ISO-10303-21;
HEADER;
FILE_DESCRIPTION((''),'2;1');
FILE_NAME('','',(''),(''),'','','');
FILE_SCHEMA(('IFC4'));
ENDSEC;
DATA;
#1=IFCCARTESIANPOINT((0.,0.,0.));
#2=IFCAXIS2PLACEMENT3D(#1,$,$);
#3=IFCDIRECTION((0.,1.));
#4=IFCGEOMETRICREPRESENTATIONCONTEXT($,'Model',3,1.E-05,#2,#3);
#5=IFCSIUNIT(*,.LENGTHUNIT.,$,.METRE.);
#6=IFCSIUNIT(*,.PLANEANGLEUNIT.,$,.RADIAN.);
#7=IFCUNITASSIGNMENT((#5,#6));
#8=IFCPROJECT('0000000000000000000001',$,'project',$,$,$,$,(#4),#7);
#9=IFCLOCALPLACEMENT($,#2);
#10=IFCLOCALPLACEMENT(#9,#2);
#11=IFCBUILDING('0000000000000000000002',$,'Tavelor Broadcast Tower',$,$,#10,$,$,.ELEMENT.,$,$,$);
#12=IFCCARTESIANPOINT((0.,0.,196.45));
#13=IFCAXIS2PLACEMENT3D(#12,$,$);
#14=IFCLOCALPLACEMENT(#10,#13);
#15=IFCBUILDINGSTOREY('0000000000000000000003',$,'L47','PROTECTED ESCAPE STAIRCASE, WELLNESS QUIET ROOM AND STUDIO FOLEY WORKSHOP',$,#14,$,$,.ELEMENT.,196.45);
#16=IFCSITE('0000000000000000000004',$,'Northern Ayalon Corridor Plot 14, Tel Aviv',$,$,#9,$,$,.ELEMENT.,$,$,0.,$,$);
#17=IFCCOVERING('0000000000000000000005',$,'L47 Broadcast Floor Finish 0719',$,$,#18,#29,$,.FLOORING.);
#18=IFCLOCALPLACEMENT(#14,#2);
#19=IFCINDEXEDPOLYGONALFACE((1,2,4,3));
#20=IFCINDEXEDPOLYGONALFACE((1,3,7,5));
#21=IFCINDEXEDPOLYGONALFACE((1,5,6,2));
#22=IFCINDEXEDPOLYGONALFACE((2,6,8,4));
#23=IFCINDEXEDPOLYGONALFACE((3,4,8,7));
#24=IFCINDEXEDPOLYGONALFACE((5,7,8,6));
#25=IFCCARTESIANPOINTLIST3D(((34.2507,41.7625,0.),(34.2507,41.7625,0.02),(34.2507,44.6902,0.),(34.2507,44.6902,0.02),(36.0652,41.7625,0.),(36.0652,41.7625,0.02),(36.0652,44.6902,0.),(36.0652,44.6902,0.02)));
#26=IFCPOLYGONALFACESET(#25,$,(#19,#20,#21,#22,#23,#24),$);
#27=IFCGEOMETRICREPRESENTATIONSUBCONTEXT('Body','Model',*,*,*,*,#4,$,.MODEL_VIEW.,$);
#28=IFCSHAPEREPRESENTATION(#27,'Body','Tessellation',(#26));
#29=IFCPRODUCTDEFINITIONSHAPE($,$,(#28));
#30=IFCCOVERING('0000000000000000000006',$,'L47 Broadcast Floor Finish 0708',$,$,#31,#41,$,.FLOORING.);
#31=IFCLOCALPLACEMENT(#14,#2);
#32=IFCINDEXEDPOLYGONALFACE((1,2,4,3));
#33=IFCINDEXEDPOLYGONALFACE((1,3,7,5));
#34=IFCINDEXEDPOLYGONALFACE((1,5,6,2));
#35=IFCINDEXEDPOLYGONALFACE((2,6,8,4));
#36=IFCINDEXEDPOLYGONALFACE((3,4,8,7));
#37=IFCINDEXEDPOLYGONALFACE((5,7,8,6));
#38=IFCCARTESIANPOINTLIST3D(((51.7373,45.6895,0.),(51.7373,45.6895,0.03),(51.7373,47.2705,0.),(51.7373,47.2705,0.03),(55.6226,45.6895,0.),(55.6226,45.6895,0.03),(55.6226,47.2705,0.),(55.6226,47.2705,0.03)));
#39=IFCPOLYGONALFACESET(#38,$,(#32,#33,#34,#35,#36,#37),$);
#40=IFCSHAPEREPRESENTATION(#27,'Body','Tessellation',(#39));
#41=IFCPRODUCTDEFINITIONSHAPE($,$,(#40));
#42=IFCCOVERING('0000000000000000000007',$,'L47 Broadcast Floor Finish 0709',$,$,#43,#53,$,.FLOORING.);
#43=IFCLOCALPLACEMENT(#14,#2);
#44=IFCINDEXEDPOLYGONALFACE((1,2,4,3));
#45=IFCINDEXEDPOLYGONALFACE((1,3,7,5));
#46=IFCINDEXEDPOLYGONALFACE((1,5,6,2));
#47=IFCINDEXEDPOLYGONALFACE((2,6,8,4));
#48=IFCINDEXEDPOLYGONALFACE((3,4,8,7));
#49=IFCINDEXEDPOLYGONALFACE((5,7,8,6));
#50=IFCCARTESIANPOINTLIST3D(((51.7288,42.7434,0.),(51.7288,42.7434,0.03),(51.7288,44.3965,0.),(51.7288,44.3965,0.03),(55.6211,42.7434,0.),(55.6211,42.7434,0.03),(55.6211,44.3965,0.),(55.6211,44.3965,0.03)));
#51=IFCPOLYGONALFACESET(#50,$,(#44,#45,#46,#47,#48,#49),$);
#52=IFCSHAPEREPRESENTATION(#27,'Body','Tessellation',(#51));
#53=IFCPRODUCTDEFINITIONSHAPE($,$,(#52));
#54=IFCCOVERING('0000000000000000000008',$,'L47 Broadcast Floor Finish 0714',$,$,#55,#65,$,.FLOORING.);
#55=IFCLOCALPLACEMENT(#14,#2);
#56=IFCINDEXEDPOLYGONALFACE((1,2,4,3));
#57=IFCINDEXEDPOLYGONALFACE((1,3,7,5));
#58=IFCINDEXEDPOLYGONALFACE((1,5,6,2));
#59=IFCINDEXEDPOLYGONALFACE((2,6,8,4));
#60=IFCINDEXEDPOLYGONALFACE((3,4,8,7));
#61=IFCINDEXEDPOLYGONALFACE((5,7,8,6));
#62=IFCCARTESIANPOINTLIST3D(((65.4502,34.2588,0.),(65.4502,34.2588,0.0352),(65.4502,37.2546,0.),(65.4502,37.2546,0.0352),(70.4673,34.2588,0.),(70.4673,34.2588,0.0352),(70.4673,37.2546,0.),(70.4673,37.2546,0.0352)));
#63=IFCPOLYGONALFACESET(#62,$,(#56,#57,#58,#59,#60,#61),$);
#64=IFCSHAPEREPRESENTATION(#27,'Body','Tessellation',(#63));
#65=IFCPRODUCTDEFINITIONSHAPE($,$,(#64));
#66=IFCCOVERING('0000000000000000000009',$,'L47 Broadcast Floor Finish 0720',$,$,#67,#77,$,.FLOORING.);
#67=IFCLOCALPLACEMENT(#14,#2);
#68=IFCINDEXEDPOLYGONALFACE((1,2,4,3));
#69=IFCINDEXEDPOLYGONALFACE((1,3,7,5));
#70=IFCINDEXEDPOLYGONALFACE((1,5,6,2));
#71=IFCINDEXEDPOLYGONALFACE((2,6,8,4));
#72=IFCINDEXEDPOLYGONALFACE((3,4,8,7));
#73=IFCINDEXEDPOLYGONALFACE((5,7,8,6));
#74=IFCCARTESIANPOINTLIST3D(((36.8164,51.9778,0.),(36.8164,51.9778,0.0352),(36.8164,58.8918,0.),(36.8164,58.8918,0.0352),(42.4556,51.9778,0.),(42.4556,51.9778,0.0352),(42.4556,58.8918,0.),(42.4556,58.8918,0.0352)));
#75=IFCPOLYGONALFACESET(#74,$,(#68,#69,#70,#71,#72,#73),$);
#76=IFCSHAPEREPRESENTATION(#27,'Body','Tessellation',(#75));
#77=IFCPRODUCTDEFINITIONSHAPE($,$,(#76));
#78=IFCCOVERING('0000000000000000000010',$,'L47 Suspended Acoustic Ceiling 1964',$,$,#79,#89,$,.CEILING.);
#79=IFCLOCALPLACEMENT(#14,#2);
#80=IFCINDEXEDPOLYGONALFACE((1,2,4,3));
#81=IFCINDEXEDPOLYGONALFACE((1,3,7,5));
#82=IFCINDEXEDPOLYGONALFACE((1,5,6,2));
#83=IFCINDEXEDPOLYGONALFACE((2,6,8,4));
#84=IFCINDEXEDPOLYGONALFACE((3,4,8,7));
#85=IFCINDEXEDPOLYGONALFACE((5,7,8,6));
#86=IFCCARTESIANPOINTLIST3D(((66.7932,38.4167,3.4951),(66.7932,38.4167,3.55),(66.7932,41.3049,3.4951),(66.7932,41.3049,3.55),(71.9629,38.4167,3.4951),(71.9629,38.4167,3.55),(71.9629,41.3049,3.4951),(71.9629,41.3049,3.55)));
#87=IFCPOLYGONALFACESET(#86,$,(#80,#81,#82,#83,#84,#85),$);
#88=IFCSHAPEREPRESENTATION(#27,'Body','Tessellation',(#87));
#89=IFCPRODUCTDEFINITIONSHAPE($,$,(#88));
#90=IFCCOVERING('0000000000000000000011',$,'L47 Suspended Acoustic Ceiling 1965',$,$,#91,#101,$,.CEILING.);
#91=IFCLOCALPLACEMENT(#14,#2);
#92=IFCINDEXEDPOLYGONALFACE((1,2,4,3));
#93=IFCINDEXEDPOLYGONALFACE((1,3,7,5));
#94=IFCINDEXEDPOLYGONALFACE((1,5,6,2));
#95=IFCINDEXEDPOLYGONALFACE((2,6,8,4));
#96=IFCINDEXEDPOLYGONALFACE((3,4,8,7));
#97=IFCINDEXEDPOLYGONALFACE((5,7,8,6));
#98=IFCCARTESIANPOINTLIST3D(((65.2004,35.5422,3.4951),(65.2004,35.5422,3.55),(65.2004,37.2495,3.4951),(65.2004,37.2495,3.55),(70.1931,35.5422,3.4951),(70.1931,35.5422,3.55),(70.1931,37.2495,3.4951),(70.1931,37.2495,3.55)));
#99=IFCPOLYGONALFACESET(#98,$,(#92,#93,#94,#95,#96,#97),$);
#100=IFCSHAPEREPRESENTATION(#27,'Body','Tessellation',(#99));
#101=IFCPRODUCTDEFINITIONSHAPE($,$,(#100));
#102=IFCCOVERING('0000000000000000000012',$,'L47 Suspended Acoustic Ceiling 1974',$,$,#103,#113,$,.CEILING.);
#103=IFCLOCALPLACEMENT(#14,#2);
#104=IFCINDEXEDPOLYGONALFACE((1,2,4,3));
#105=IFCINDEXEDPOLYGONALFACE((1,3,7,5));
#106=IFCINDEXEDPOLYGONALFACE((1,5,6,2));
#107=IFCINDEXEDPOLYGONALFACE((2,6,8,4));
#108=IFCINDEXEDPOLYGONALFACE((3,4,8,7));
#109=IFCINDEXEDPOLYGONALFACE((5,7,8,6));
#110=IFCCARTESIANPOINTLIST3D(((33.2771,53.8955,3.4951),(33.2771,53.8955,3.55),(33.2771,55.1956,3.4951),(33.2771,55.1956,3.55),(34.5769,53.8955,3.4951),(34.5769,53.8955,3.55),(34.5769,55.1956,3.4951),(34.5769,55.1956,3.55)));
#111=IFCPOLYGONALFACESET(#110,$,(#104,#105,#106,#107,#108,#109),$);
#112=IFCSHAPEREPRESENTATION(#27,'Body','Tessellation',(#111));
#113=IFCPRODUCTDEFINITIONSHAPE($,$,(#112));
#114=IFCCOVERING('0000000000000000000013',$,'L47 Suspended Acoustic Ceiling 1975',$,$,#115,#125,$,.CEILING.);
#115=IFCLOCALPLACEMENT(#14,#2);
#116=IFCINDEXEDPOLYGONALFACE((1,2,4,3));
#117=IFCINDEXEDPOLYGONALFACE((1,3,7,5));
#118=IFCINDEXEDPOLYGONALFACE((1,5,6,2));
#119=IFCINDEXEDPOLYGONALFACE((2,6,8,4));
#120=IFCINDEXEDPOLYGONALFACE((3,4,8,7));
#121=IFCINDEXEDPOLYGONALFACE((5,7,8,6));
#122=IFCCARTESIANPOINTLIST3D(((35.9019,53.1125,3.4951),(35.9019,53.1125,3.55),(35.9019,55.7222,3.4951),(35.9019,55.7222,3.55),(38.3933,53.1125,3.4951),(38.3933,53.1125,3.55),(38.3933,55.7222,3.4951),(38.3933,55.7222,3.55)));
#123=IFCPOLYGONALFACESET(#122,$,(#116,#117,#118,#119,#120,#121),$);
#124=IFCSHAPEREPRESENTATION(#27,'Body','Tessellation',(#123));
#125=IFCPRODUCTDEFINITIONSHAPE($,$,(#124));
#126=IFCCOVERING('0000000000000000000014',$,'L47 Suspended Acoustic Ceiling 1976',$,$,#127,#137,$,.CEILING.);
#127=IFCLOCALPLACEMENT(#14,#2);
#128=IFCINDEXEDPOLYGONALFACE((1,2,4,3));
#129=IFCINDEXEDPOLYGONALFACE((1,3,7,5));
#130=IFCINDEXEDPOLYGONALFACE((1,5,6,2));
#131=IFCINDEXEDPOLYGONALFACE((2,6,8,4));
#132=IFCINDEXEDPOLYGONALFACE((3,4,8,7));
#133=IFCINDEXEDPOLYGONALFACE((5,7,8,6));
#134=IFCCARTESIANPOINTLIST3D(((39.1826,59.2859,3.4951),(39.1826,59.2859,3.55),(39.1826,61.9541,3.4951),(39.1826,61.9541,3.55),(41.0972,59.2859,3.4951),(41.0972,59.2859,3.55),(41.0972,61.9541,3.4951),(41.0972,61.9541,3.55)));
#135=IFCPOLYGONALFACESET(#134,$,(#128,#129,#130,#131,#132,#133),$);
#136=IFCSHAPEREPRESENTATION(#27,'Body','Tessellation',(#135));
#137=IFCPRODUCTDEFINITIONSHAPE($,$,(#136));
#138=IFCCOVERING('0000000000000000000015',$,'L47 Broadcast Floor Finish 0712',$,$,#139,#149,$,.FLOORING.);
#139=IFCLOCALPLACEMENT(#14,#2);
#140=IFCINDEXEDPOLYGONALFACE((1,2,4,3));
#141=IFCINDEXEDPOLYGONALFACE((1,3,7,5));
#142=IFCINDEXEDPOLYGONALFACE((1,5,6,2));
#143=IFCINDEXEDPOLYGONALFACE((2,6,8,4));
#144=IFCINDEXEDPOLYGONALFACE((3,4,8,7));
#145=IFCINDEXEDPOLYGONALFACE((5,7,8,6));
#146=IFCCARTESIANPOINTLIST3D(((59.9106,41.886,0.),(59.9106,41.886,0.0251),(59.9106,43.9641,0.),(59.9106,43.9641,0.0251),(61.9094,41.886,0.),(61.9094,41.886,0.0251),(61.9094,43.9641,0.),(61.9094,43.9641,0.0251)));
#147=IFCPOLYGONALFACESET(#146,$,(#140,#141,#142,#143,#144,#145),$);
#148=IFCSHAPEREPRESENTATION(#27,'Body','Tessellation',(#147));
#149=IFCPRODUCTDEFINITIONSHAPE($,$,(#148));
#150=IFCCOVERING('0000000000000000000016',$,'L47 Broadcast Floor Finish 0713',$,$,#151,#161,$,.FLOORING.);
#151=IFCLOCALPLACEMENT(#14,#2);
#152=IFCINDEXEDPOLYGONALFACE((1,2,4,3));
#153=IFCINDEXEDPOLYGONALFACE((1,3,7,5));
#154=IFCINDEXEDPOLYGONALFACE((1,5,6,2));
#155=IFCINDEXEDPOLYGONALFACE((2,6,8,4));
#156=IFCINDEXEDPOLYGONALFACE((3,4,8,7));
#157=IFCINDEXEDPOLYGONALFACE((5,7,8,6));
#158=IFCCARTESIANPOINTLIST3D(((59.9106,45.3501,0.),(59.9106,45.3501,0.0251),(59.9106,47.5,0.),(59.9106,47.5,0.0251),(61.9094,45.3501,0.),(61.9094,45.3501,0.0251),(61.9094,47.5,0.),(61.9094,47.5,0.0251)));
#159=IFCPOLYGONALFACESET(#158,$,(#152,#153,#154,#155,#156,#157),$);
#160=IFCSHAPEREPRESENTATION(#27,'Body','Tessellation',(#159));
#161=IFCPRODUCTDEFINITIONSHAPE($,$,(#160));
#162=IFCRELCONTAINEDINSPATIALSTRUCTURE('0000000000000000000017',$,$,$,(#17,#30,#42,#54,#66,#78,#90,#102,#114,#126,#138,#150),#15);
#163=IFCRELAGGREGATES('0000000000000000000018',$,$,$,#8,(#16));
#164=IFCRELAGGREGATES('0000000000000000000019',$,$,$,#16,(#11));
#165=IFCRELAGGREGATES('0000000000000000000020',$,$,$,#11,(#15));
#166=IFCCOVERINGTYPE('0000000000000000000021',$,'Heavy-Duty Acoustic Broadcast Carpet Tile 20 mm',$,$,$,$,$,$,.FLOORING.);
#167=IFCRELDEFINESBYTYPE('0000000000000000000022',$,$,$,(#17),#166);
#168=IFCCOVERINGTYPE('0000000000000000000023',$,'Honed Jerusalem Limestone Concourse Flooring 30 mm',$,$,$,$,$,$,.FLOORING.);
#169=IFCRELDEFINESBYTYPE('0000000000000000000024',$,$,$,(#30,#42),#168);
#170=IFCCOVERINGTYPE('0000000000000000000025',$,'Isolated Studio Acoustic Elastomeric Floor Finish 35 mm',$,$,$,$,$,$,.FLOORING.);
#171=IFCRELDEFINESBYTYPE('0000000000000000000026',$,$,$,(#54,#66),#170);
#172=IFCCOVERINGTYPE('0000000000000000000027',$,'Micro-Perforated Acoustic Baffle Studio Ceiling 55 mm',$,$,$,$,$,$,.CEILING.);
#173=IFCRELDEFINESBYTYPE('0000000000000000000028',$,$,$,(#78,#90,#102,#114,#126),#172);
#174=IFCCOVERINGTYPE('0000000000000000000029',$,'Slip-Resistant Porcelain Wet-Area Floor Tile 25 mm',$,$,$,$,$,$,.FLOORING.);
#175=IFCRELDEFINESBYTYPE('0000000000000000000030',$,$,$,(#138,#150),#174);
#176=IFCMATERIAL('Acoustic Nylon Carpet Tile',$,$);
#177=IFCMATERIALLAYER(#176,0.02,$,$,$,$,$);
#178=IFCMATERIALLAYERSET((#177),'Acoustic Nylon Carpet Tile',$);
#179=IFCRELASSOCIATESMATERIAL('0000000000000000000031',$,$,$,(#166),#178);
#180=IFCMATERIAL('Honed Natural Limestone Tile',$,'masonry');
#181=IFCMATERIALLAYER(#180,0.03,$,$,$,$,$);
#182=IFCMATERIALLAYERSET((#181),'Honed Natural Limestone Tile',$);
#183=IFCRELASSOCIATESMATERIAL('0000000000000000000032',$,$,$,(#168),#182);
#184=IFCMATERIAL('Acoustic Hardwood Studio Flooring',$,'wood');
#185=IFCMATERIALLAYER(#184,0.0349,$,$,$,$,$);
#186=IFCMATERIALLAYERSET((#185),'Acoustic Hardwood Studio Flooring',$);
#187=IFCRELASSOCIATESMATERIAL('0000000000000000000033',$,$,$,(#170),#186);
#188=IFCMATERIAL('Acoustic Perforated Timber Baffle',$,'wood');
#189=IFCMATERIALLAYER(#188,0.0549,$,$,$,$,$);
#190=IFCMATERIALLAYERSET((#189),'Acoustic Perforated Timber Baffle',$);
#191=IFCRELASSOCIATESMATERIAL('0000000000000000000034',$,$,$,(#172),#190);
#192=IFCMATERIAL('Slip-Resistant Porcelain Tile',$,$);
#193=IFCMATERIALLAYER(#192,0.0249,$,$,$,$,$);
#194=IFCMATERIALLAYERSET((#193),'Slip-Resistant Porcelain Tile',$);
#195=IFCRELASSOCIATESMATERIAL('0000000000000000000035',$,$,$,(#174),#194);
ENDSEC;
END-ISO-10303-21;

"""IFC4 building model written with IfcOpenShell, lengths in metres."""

from ifc_helpers import new_model, si_unit, direction, frame, origin, place, context, subcontext, project, spatial, polyline, outline, extrude, material, layer, layer_set, type_object, element, save


model = new_model("IFC4")

# Units and contexts
model_context = context("Model", 3, precision=1e-05, world=origin(), true_north=direction((0.0, 1.0)))
body_context = subcontext(model_context, "Body", "Model", "MODEL_VIEW")
ifc_project = project(units=[si_unit("LENGTHUNIT", "METRE"), si_unit("PLANEANGLEUNIT", "RADIAN")], contexts=[model_context])

# Site, building, storey
site_placement = place(None, origin())
site = spatial("IfcSite", under=ifc_project, at=site_placement, Name="Northern Ayalon Corridor Plot 14, Tel Aviv", CompositionType="ELEMENT", RefElevation=0.0)
building_placement = place(site_placement, origin())
building = spatial("IfcBuilding", under=site, at=building_placement, Name="Tavelor Broadcast Tower", CompositionType="ELEMENT")
storey_placement = place(building_placement, frame((0.0, 0.0, 196.45)))
storey = spatial("IfcBuildingStorey", under=building, at=storey_placement, Name="L47", Description="PROTECTED ESCAPE STAIRCASE, WELLNESS QUIET ROOM AND STUDIO FOLEY WORKSHOP", CompositionType="ELEMENT", Elevation=196.45)

# Coverings
ifc_material_1 = material(Name="Acoustic Nylon Carpet Tile")
ifc_layer_1 = layer(ifc_material_1, 0.02)
ifc_layer_set_1 = layer_set([ifc_layer_1], Name="Acoustic Nylon Carpet Tile")
covering_type_1 = type_object("IfcCoveringType", Name="Heavy-Duty Acoustic Broadcast Carpet Tile 20 mm", PredefinedType="FLOORING", material=ifc_layer_set_1)
covering_1_placement = place(storey_placement, origin())
element("IfcCovering", 1, at=covering_1_placement, inside=storey, type_object=covering_type_1, Name="L47 Broadcast Floor Finish 0719", PredefinedType="FLOORING", context=body_context, shape_type="SweptSolid", body=[
    extrude(outline(polyline([(34.2507, 41.7625), (36.0652, 41.7625), (36.0652, 44.6902), (34.2507, 44.6902), (34.2507, 41.7625)])), origin(), (0.0, 0.0, 1.0), 0.02),
])
ifc_material_2 = material(Name="Honed Natural Limestone Tile", Category="masonry")
ifc_layer_2 = layer(ifc_material_2, 0.03)
ifc_layer_set_2 = layer_set([ifc_layer_2], Name="Honed Natural Limestone Tile")
covering_type_2 = type_object("IfcCoveringType", Name="Honed Jerusalem Limestone Concourse Flooring 30 mm", PredefinedType="FLOORING", material=ifc_layer_set_2)
covering_2_placement = place(storey_placement, origin())
element("IfcCovering", 2, at=covering_2_placement, inside=storey, type_object=covering_type_2, Name="L47 Broadcast Floor Finish 0708", PredefinedType="FLOORING", context=body_context, shape_type="SweptSolid", body=[
    extrude(outline(polyline([(51.7373, 45.6895), (55.6226, 45.6895), (55.6226, 47.2705), (51.7373, 47.2705), (51.7373, 45.6895)])), origin(), (0.0, 0.0, 1.0), 0.03),
])
covering_3_placement = place(storey_placement, origin())
element("IfcCovering", 3, at=covering_3_placement, inside=storey, type_object=covering_type_2, Name="L47 Broadcast Floor Finish 0709", PredefinedType="FLOORING", context=body_context, shape_type="SweptSolid", body=[
    extrude(outline(polyline([(51.7288, 42.7434), (55.6211, 42.7434), (55.6211, 44.3965), (51.7288, 44.3965), (51.7288, 42.7434)])), origin(), (0.0, 0.0, 1.0), 0.03),
])
ifc_material_3 = material(Name="Acoustic Hardwood Studio Flooring", Category="wood")
ifc_layer_3 = layer(ifc_material_3, 0.0349)
ifc_layer_set_3 = layer_set([ifc_layer_3], Name="Acoustic Hardwood Studio Flooring")
covering_type_3 = type_object("IfcCoveringType", Name="Isolated Studio Acoustic Elastomeric Floor Finish 35 mm", PredefinedType="FLOORING", material=ifc_layer_set_3)
covering_4_placement = place(storey_placement, origin())
element("IfcCovering", 4, at=covering_4_placement, inside=storey, type_object=covering_type_3, Name="L47 Broadcast Floor Finish 0714", PredefinedType="FLOORING", context=body_context, shape_type="SweptSolid", body=[
    extrude(outline(polyline([(65.4502, 34.2588), (70.4673, 34.2588), (70.4673, 37.2546), (65.4502, 37.2546), (65.4502, 34.2588)])), origin(), (0.0, 0.0, 1.0), 0.0352),
])
covering_5_placement = place(storey_placement, origin())
element("IfcCovering", 5, at=covering_5_placement, inside=storey, type_object=covering_type_3, Name="L47 Broadcast Floor Finish 0720", PredefinedType="FLOORING", context=body_context, shape_type="SweptSolid", body=[
    extrude(outline(polyline([(36.8164, 51.9778), (42.4556, 51.9778), (42.4556, 58.8918), (36.8164, 58.8918), (36.8164, 51.9778)])), origin(), (0.0, 0.0, 1.0), 0.0352),
])
ifc_material_4 = material(Name="Acoustic Perforated Timber Baffle", Category="wood")
ifc_layer_4 = layer(ifc_material_4, 0.0549)
ifc_layer_set_4 = layer_set([ifc_layer_4], Name="Acoustic Perforated Timber Baffle")
covering_type_4 = type_object("IfcCoveringType", Name="Micro-Perforated Acoustic Baffle Studio Ceiling 55 mm", PredefinedType="CEILING", material=ifc_layer_set_4)
covering_6_placement = place(storey_placement, frame((0.0, 0.0, 3.4951)))
element("IfcCovering", 6, at=covering_6_placement, inside=storey, type_object=covering_type_4, Name="L47 Suspended Acoustic Ceiling 1964", PredefinedType="CEILING", context=body_context, shape_type="SweptSolid", body=[
    extrude(outline(polyline([(66.7932, 38.4167), (71.9629, 38.4167), (71.9629, 41.3049), (66.7932, 41.3049), (66.7932, 38.4167)])), origin(), (0.0, 0.0, 1.0), 0.0549),
])
covering_7_placement = place(storey_placement, frame((0.0, 0.0, 3.4951)))
element("IfcCovering", 7, at=covering_7_placement, inside=storey, type_object=covering_type_4, Name="L47 Suspended Acoustic Ceiling 1965", PredefinedType="CEILING", context=body_context, shape_type="SweptSolid", body=[
    extrude(outline(polyline([(65.2004, 35.5422), (70.1931, 35.5422), (70.1931, 37.2495), (65.2004, 37.2495), (65.2004, 35.5422)])), origin(), (0.0, 0.0, 1.0), 0.0549),
])
covering_8_placement = place(storey_placement, frame((0.0, 0.0, 3.4951)))
element("IfcCovering", 8, at=covering_8_placement, inside=storey, type_object=covering_type_4, Name="L47 Suspended Acoustic Ceiling 1974", PredefinedType="CEILING", context=body_context, shape_type="SweptSolid", body=[
    extrude(outline(polyline([(33.2771, 53.8955), (34.5769, 53.8955), (34.5769, 55.1956), (33.2771, 55.1956), (33.2771, 53.8955)])), origin(), (0.0, 0.0, 1.0), 0.0549),
])
covering_9_placement = place(storey_placement, frame((0.0, 0.0, 3.4951)))
element("IfcCovering", 9, at=covering_9_placement, inside=storey, type_object=covering_type_4, Name="L47 Suspended Acoustic Ceiling 1975", PredefinedType="CEILING", context=body_context, shape_type="SweptSolid", body=[
    extrude(outline(polyline([(35.9019, 53.1125), (38.3933, 53.1125), (38.3933, 55.7222), (35.9019, 55.7222), (35.9019, 53.1125)])), origin(), (0.0, 0.0, 1.0), 0.0549),
])
covering_10_placement = place(storey_placement, frame((0.0, 0.0, 3.4951)))
element("IfcCovering", 10, at=covering_10_placement, inside=storey, type_object=covering_type_4, Name="L47 Suspended Acoustic Ceiling 1976", PredefinedType="CEILING", context=body_context, shape_type="SweptSolid", body=[
    extrude(outline(polyline([(39.1826, 59.2859), (41.0972, 59.2859), (41.0972, 61.9541), (39.1826, 61.9541), (39.1826, 59.2859)])), origin(), (0.0, 0.0, 1.0), 0.0549),
])
ifc_material_5 = material(Name="Slip-Resistant Porcelain Tile")
ifc_layer_5 = layer(ifc_material_5, 0.0249)
ifc_layer_set_5 = layer_set([ifc_layer_5], Name="Slip-Resistant Porcelain Tile")
covering_type_5 = type_object("IfcCoveringType", Name="Slip-Resistant Porcelain Wet-Area Floor Tile 25 mm", PredefinedType="FLOORING", material=ifc_layer_set_5)
covering_11_placement = place(storey_placement, origin())
element("IfcCovering", 11, at=covering_11_placement, inside=storey, type_object=covering_type_5, Name="L47 Broadcast Floor Finish 0712", PredefinedType="FLOORING", context=body_context, shape_type="SweptSolid", body=[
    extrude(outline(polyline([(59.9106, 41.886), (61.9094, 41.886), (61.9094, 43.9641), (59.9106, 43.9641), (59.9106, 41.886)])), origin(), (0.0, 0.0, 1.0), 0.0251),
])
covering_12_placement = place(storey_placement, origin())
element("IfcCovering", 12, at=covering_12_placement, inside=storey, type_object=covering_type_5, Name="L47 Broadcast Floor Finish 0713", PredefinedType="FLOORING", context=body_context, shape_type="SweptSolid", body=[
    extrude(outline(polyline([(59.9106, 45.3501), (61.9094, 45.3501), (61.9094, 47.5), (59.9106, 47.5), (59.9106, 45.3501)])), origin(), (0.0, 0.0, 1.0), 0.0251),
])

save(model, "model.ifc")
